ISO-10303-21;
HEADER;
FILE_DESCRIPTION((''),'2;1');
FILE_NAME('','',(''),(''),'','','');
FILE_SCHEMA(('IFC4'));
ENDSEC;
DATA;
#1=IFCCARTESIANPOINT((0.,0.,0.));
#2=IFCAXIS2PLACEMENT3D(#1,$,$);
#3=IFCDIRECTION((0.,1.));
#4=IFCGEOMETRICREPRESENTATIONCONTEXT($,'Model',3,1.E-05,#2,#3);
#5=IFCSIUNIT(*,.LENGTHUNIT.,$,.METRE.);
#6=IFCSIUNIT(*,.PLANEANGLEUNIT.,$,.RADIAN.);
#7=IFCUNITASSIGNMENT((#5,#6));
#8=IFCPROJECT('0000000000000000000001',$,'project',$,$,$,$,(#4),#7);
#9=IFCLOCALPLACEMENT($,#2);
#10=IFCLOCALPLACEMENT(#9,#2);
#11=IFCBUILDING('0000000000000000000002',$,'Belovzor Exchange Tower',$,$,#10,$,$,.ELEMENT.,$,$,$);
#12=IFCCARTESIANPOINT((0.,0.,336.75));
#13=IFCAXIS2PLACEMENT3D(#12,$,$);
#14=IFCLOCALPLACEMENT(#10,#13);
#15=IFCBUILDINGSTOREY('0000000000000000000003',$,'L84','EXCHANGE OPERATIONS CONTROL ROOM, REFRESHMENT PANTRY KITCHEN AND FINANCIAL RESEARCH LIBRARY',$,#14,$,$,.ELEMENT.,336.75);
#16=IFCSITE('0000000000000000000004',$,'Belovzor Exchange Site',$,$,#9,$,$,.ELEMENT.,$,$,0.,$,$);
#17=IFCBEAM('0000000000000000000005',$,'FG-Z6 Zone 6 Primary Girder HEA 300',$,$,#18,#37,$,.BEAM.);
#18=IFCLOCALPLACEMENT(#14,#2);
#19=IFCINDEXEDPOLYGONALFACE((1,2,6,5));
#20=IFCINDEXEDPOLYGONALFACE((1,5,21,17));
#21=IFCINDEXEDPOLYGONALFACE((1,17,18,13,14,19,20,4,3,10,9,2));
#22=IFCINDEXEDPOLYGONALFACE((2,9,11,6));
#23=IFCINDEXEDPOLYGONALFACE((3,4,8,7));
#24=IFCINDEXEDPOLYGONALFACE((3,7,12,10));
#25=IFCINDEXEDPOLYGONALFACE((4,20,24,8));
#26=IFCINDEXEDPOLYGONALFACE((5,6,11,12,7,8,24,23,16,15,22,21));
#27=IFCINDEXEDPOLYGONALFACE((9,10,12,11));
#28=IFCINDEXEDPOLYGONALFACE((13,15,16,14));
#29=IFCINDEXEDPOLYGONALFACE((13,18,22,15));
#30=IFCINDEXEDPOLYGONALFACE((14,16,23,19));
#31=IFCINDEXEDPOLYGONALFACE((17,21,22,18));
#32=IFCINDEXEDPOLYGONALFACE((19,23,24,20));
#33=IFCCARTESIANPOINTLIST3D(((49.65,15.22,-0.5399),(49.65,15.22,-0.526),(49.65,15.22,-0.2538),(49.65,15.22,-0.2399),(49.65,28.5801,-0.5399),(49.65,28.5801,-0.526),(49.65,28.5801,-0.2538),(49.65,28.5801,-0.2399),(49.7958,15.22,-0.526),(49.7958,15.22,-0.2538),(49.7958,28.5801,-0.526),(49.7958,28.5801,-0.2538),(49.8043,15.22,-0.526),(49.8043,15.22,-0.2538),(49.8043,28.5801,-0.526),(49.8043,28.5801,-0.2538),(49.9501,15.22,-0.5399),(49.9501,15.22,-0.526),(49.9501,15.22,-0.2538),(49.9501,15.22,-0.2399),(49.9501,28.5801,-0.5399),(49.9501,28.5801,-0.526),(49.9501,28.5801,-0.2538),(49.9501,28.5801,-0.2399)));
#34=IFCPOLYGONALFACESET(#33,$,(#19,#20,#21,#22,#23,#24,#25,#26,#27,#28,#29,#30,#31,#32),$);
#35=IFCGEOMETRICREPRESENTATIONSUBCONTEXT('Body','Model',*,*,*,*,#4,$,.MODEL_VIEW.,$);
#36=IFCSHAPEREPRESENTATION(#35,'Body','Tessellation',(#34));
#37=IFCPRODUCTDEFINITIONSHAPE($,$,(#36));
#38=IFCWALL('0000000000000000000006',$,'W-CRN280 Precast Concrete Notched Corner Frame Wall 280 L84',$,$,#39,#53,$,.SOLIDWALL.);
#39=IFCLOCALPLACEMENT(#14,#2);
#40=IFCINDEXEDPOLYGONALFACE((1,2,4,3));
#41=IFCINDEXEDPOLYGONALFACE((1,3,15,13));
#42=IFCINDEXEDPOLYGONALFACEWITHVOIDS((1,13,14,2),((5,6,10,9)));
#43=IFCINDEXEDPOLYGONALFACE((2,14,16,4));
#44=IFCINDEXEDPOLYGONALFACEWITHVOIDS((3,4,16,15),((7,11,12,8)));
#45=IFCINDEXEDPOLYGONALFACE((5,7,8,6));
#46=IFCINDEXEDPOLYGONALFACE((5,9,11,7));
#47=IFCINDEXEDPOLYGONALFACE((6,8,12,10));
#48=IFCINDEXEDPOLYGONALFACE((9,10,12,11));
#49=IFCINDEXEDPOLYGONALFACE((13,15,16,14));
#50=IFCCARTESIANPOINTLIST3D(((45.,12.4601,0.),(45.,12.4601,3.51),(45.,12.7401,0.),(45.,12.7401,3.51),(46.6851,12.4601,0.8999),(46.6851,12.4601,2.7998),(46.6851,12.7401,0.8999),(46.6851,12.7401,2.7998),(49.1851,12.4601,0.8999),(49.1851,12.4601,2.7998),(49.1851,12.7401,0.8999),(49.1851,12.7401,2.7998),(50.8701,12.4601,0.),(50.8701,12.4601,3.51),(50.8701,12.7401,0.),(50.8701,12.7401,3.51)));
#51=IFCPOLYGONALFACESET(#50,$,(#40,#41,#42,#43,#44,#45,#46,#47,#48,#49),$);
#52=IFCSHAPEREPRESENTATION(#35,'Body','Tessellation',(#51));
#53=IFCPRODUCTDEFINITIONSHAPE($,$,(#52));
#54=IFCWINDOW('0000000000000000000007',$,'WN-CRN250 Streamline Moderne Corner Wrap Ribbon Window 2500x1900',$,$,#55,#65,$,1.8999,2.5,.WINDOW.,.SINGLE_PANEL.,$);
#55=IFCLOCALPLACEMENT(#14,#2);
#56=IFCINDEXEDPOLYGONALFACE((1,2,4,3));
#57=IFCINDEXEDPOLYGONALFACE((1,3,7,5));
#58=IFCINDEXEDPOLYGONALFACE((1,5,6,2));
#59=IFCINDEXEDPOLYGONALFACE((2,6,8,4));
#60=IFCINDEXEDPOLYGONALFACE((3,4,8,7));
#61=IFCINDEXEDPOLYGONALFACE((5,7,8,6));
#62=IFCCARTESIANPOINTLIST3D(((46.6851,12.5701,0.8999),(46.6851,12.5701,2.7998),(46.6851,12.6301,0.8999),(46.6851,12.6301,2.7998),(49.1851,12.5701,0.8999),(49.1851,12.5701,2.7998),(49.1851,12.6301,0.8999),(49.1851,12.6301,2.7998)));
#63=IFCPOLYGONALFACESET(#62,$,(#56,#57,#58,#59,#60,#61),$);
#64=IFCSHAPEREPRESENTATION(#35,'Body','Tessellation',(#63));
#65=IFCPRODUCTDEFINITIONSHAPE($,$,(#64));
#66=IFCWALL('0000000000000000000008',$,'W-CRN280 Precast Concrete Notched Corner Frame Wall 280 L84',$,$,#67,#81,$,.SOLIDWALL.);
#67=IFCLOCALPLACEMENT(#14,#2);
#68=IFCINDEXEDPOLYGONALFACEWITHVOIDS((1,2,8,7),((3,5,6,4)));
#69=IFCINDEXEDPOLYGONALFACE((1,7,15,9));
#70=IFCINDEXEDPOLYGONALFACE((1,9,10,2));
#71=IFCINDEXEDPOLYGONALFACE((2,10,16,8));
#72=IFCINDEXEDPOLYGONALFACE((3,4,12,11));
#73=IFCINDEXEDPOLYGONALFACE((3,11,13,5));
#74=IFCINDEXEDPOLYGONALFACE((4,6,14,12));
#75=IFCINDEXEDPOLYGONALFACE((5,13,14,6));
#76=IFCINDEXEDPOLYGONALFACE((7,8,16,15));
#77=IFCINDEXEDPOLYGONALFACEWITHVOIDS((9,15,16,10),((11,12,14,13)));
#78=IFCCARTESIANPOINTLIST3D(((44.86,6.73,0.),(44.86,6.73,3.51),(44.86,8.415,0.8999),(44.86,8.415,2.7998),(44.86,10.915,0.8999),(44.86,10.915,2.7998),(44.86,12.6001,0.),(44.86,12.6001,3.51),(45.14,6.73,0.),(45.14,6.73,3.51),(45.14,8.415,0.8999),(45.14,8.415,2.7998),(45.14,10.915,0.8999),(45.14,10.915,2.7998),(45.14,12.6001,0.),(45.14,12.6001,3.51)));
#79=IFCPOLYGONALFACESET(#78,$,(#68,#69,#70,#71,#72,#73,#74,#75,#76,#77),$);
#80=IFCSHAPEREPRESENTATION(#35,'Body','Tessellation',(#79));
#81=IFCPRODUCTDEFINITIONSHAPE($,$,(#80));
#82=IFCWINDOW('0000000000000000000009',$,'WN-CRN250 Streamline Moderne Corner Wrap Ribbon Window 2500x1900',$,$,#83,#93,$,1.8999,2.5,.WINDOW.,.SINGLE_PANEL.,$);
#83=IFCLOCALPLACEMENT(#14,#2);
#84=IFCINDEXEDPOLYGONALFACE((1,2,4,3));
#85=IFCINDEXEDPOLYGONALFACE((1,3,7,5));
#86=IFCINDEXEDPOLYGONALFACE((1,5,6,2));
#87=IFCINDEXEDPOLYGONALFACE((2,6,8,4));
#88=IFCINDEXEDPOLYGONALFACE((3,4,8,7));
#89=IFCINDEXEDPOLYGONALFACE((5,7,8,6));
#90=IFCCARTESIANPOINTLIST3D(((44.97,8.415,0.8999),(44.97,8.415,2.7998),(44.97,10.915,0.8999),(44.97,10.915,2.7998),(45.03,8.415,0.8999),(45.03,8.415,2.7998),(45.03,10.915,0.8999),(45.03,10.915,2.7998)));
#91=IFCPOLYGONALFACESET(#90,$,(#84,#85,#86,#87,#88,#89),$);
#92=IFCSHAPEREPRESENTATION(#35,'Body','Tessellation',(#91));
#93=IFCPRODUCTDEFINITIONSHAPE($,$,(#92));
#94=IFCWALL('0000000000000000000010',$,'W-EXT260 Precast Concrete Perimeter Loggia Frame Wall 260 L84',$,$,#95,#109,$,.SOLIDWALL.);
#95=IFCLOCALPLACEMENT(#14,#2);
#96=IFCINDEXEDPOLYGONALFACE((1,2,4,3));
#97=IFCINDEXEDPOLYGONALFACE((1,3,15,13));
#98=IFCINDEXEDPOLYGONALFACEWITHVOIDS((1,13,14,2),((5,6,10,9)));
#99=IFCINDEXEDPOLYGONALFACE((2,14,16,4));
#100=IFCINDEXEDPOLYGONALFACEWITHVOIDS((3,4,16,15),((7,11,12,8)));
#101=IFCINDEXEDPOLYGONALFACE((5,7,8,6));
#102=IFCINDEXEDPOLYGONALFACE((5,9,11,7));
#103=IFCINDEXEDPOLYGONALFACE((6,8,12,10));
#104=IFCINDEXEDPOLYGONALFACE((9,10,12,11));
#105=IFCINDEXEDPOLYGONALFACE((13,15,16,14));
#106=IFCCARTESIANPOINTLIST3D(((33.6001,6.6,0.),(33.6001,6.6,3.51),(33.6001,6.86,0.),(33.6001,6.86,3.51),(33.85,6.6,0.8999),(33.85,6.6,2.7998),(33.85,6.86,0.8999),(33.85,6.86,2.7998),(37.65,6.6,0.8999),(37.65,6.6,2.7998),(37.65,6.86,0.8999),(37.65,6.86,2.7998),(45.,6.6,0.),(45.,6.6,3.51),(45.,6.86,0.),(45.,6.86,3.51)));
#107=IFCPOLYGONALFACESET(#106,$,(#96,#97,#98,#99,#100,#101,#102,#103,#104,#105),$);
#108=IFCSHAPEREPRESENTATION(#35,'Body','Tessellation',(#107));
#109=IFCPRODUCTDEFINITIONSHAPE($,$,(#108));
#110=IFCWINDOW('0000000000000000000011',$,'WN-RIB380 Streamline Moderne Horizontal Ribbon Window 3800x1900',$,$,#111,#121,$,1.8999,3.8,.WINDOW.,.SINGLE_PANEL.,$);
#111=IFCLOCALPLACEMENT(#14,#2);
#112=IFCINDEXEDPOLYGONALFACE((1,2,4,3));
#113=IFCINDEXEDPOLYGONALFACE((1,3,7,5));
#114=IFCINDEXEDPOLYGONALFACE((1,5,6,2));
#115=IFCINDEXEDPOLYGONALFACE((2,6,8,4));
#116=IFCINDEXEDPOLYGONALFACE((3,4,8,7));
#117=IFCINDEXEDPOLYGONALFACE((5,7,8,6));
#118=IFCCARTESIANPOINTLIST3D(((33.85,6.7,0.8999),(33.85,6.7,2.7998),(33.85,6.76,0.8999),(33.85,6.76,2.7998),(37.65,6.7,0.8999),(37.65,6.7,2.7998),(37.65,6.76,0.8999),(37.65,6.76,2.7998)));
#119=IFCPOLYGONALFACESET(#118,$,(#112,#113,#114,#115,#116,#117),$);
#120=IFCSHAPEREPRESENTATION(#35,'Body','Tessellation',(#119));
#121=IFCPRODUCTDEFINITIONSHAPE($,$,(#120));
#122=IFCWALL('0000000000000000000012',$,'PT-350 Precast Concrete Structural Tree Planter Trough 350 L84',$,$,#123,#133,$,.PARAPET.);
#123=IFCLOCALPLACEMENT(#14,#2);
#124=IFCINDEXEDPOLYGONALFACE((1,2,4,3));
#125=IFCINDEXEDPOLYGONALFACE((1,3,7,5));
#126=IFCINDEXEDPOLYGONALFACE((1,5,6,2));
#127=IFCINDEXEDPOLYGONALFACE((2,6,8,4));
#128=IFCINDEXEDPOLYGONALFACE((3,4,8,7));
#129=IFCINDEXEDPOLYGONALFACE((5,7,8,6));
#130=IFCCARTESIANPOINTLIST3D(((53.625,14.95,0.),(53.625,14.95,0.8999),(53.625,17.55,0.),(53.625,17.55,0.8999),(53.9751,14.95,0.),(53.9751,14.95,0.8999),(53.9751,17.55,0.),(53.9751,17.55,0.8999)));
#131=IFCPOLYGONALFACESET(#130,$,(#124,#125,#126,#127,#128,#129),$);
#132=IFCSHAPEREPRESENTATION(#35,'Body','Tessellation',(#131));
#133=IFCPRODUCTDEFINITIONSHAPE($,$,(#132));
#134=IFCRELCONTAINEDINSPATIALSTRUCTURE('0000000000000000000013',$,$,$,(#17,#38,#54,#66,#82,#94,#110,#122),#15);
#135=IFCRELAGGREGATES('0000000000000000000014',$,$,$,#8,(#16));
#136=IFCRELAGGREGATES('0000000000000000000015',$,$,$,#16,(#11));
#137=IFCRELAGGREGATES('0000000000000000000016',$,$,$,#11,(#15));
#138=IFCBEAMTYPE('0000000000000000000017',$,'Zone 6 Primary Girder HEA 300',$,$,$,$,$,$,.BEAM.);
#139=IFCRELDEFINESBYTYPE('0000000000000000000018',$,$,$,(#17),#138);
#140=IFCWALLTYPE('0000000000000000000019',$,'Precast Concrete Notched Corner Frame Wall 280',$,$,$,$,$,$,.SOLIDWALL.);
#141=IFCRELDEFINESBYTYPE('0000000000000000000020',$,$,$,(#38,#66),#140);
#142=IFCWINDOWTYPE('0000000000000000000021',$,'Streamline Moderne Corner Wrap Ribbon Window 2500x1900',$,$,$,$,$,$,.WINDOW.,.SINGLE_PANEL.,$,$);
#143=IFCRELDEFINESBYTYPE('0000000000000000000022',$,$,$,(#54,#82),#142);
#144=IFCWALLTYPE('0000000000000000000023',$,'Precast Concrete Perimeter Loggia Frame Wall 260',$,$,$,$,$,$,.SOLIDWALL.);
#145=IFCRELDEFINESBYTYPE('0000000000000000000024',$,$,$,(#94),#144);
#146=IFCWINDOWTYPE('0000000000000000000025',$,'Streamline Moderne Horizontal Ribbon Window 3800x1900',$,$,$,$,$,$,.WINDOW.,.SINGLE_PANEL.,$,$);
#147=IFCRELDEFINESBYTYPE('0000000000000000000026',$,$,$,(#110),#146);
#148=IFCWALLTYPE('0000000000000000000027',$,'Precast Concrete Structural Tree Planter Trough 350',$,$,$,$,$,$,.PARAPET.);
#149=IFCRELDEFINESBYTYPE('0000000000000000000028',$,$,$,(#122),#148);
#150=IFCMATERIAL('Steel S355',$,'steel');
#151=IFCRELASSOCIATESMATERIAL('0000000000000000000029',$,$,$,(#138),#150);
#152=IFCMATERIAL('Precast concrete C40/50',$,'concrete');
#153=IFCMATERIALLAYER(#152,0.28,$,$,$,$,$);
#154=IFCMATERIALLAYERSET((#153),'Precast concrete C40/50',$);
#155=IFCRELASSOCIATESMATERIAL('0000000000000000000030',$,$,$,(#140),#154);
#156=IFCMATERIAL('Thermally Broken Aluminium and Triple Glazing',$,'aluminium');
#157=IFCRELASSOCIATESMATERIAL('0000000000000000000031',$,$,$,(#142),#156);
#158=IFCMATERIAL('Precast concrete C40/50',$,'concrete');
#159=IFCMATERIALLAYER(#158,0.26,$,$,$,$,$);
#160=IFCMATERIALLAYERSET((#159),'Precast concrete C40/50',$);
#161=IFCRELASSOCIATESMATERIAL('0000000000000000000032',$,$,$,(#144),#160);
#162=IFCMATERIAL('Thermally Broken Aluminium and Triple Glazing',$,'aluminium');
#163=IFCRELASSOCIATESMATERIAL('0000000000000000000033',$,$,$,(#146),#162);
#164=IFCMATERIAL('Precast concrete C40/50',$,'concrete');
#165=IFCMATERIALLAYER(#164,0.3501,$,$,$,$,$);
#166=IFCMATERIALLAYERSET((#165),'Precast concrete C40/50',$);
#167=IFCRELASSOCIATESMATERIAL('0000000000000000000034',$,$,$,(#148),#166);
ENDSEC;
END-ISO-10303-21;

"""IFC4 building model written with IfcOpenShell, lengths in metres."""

from ifc_helpers import new_model, si_unit, direction, frame, frame_2d, origin, origin_2d, place, context, subcontext, project, spatial, rectangle, i_section, extrude, material, layer, layer_set, material_profile, profile_set, type_object, element, fill, save


model = new_model("IFC4")

# Units and contexts
model_context = context("Model", 3, precision=1e-05, world=origin(), true_north=direction((0.0, 1.0)))
body_context = subcontext(model_context, "Body", "Model", "MODEL_VIEW")
ifc_project = project(units=[si_unit("LENGTHUNIT", "METRE"), si_unit("PLANEANGLEUNIT", "RADIAN")], contexts=[model_context])

# Site, building, storey
site_placement = place(None, origin())
site = spatial("IfcSite", under=ifc_project, at=site_placement, Name="Belovzor Exchange Site", CompositionType="ELEMENT", RefElevation=0.0)
building_placement = place(site_placement, origin())
building = spatial("IfcBuilding", under=site, at=building_placement, Name="Belovzor Exchange Tower", CompositionType="ELEMENT")
storey_placement = place(building_placement, frame((0.0, 0.0, 336.75)))
storey = spatial("IfcBuildingStorey", under=building, at=storey_placement, Name="L84", Description="EXCHANGE OPERATIONS CONTROL ROOM, REFRESHMENT PANTRY KITCHEN AND FINANCIAL RESEARCH LIBRARY", CompositionType="ELEMENT", Elevation=336.75)

# Beam
ifc_material_1 = material(Name="Steel S355", Category="steel")
ifc_material_profile_1 = material_profile(ifc_material_1, i_section(OverallWidth=0.3, OverallDepth=0.3, WebThickness=0.0085, FlangeThickness=0.0139, at=origin_2d()))
ifc_profile_set_1 = profile_set([ifc_material_profile_1], Name="Steel S355")
beam_type_1 = type_object("IfcBeamType", Name="Zone 6 Primary Girder HEA 300", PredefinedType="BEAM", material=ifc_profile_set_1)
beam_1_placement = place(storey_placement, frame((49.8, 15.22, -0.3899), z_axis=(0.0, 1.0, 0.0), x_axis=(-1.0, 0.0, 0.0)))
element("IfcBeam", 1, at=beam_1_placement, inside=storey, type_object=beam_type_1, Name="FG-Z6 Zone 6 Primary Girder HEA 300", PredefinedType="BEAM", context=body_context, shape_type="SweptSolid", body=[
    extrude(i_section(OverallWidth=0.3, OverallDepth=0.3, WebThickness=0.0085, FlangeThickness=0.0139, at=origin_2d()), origin(), (0.0, 0.0, 1.0), 13.3601),
])

# Walls, openings, windows
ifc_material_2 = material(Name="Precast concrete C40/50", Category="concrete")
ifc_layer_1 = layer(ifc_material_2, 0.28)
ifc_layer_set_1 = layer_set([ifc_layer_1], Name="Precast concrete C40/50")
wall_type_1 = type_object("IfcWallType", Name="Precast Concrete Notched Corner Frame Wall 280", PredefinedType="SOLIDWALL", material=ifc_layer_set_1)
wall_1_placement = place(storey_placement, frame((50.8701, 12.6001, 0.0), z_axis=(0.0, 0.0, 1.0), x_axis=(-1.0, 0.0, 0.0)))
wall_1 = element("IfcWall", 2, at=wall_1_placement, inside=storey, type_object=wall_type_1, Name="W-CRN280 Precast Concrete Notched Corner Frame Wall 280 L84", PredefinedType="SOLIDWALL", context=body_context, shape_type="SweptSolid", body=[
    extrude(rectangle(XDim=5.8701, YDim=0.28, at=frame_2d((2.9351, 0.0))), origin(), (0.0, 0.0, 1.0), 3.51),
])
opening_1_placement = place(wall_1_placement, frame((1.6851, 0.0, 0.8999)))
opening_1 = element("IfcOpeningElement", 3, at=opening_1_placement, cuts=wall_1, PredefinedType="OPENING", context=body_context, shape_type="SweptSolid", body=[
    extrude(rectangle(XDim=2.5, YDim=1.8999, at=frame_2d((1.25, 0.95))), frame((0.0, 0.1499, 0.0), z_axis=(0.0, -1.0, 0.0), x_axis=(1.0, 0.0, 0.0)), (0.0, 0.0, 1.0), 0.3),
])
ifc_material_3 = material(Name="Thermally Broken Aluminium and Triple Glazing", Category="aluminium")
window_type_1 = type_object("IfcWindowType", Name="Streamline Moderne Corner Wrap Ribbon Window 2500x1900", PartitioningType="SINGLE_PANEL", PredefinedType="WINDOW", material=ifc_material_3)
window_1_placement = place(opening_1_placement, origin())
window_1 = element("IfcWindow", 4, at=window_1_placement, inside=storey, type_object=window_type_1, Name="WN-CRN250 Streamline Moderne Corner Wrap Ribbon Window 2500x1900", OverallHeight=1.8999, OverallWidth=2.5, PartitioningType="SINGLE_PANEL", PredefinedType="WINDOW", context=body_context, shape_type="SweptSolid", body=[
    extrude(rectangle(XDim=2.5, YDim=1.8999, at=frame_2d((1.25, 0.95))), frame((0.0, 0.03, 0.0), z_axis=(0.0, -1.0, 0.0), x_axis=(1.0, 0.0, 0.0)), (0.0, 0.0, 1.0), 0.0601),
])
fill(opening_1, window_1)
wall_2_placement = place(storey_placement, frame((45.0, 12.6001, 0.0), z_axis=(0.0, 0.0, 1.0), x_axis=(0.0, -1.0, 0.0)))
wall_2 = element("IfcWall", 5, at=wall_2_placement, inside=storey, type_object=wall_type_1, Name="W-CRN280 Precast Concrete Notched Corner Frame Wall 280 L84", PredefinedType="SOLIDWALL", context=body_context, shape_type="SweptSolid", body=[
    extrude(rectangle(XDim=5.8701, YDim=0.28, at=frame_2d((2.9351, 0.0))), origin(), (0.0, 0.0, 1.0), 3.51),
])
opening_2_placement = place(wall_2_placement, frame((1.6851, 0.0, 0.8999)))
opening_2 = element("IfcOpeningElement", 6, at=opening_2_placement, cuts=wall_2, PredefinedType="OPENING", context=body_context, shape_type="SweptSolid", body=[
    extrude(rectangle(XDim=2.5, YDim=1.8999, at=frame_2d((1.25, 0.95))), frame((0.0, 0.1499, 0.0), z_axis=(0.0, -1.0, 0.0), x_axis=(1.0, 0.0, 0.0)), (0.0, 0.0, 1.0), 0.3),
])
window_2_placement = place(opening_2_placement, origin())
window_2 = element("IfcWindow", 7, at=window_2_placement, inside=storey, type_object=window_type_1, Name="WN-CRN250 Streamline Moderne Corner Wrap Ribbon Window 2500x1900", OverallHeight=1.8999, OverallWidth=2.5, PartitioningType="SINGLE_PANEL", PredefinedType="WINDOW", context=body_context, shape_type="SweptSolid", body=[
    extrude(rectangle(XDim=2.5, YDim=1.8999, at=frame_2d((1.25, 0.95))), frame((0.0, 0.03, 0.0), z_axis=(0.0, -1.0, 0.0), x_axis=(1.0, 0.0, 0.0)), (0.0, 0.0, 1.0), 0.0601),
])
fill(opening_2, window_2)
ifc_material_4 = material(Name="Precast concrete C40/50", Category="concrete")
ifc_layer_2 = layer(ifc_material_4, 0.26)
ifc_layer_set_2 = layer_set([ifc_layer_2], Name="Precast concrete C40/50")
wall_type_2 = type_object("IfcWallType", Name="Precast Concrete Perimeter Loggia Frame Wall 260", PredefinedType="SOLIDWALL", material=ifc_layer_set_2)
wall_3_placement = place(storey_placement, frame((45.0, 6.73, 0.0), z_axis=(0.0, 0.0, 1.0), x_axis=(-1.0, 0.0, 0.0)))
wall_3 = element("IfcWall", 8, at=wall_3_placement, inside=storey, type_object=wall_type_2, Name="W-EXT260 Precast Concrete Perimeter Loggia Frame Wall 260 L84", PredefinedType="SOLIDWALL", context=body_context, shape_type="SweptSolid", body=[
    extrude(rectangle(XDim=11.3999, YDim=0.26, at=frame_2d((5.7, 0.0))), origin(), (0.0, 0.0, 1.0), 3.51),
])
opening_3_placement = place(wall_3_placement, frame((7.3501, 0.0, 0.8999)))
opening_3 = element("IfcOpeningElement", 9, at=opening_3_placement, cuts=wall_3, PredefinedType="OPENING", context=body_context, shape_type="SweptSolid", body=[
    extrude(rectangle(XDim=3.8, YDim=1.8999, at=frame_2d((1.8999, 0.95))), frame((0.0, 0.1399, 0.0), z_axis=(0.0, -1.0, 0.0), x_axis=(1.0, 0.0, 0.0)), (0.0, 0.0, 1.0), 0.28),
])
ifc_material_5 = material(Name="Thermally Broken Aluminium and Triple Glazing", Category="aluminium")
window_type_2 = type_object("IfcWindowType", Name="Streamline Moderne Horizontal Ribbon Window 3800x1900", PartitioningType="SINGLE_PANEL", PredefinedType="WINDOW", material=ifc_material_5)
window_3_placement = place(opening_3_placement, origin())
window_3 = element("IfcWindow", 10, at=window_3_placement, inside=storey, type_object=window_type_2, Name="WN-RIB380 Streamline Moderne Horizontal Ribbon Window 3800x1900", OverallHeight=1.8999, OverallWidth=3.8, PartitioningType="SINGLE_PANEL", PredefinedType="WINDOW", context=body_context, shape_type="SweptSolid", body=[
    extrude(rectangle(XDim=3.8, YDim=1.8999, at=frame_2d((1.8999, 0.95))), frame((0.0, 0.03, 0.0), z_axis=(0.0, -1.0, 0.0), x_axis=(1.0, 0.0, 0.0)), (0.0, 0.0, 1.0), 0.0601),
])
fill(opening_3, window_3)

# Wall
ifc_material_6 = material(Name="Precast concrete C40/50", Category="concrete")
ifc_layer_3 = layer(ifc_material_6, 0.3501)
ifc_layer_set_3 = layer_set([ifc_layer_3], Name="Precast concrete C40/50")
wall_type_3 = type_object("IfcWallType", Name="Precast Concrete Structural Tree Planter Trough 350", PredefinedType="PARAPET", material=ifc_layer_set_3)
wall_4_placement = place(storey_placement, frame((53.8, 14.95, 0.0), z_axis=(0.0, 0.0, 1.0), x_axis=(0.0, 1.0, 0.0)))
element("IfcWall", 11, at=wall_4_placement, inside=storey, type_object=wall_type_3, Name="PT-350 Precast Concrete Structural Tree Planter Trough 350 L84", PredefinedType="PARAPET", context=body_context, shape_type="SweptSolid", body=[
    extrude(rectangle(XDim=2.6001, YDim=0.3501, at=frame_2d((1.3, 0.0))), origin(), (0.0, 0.0, 1.0), 0.8999),
])

save(model, "model.ifc")
